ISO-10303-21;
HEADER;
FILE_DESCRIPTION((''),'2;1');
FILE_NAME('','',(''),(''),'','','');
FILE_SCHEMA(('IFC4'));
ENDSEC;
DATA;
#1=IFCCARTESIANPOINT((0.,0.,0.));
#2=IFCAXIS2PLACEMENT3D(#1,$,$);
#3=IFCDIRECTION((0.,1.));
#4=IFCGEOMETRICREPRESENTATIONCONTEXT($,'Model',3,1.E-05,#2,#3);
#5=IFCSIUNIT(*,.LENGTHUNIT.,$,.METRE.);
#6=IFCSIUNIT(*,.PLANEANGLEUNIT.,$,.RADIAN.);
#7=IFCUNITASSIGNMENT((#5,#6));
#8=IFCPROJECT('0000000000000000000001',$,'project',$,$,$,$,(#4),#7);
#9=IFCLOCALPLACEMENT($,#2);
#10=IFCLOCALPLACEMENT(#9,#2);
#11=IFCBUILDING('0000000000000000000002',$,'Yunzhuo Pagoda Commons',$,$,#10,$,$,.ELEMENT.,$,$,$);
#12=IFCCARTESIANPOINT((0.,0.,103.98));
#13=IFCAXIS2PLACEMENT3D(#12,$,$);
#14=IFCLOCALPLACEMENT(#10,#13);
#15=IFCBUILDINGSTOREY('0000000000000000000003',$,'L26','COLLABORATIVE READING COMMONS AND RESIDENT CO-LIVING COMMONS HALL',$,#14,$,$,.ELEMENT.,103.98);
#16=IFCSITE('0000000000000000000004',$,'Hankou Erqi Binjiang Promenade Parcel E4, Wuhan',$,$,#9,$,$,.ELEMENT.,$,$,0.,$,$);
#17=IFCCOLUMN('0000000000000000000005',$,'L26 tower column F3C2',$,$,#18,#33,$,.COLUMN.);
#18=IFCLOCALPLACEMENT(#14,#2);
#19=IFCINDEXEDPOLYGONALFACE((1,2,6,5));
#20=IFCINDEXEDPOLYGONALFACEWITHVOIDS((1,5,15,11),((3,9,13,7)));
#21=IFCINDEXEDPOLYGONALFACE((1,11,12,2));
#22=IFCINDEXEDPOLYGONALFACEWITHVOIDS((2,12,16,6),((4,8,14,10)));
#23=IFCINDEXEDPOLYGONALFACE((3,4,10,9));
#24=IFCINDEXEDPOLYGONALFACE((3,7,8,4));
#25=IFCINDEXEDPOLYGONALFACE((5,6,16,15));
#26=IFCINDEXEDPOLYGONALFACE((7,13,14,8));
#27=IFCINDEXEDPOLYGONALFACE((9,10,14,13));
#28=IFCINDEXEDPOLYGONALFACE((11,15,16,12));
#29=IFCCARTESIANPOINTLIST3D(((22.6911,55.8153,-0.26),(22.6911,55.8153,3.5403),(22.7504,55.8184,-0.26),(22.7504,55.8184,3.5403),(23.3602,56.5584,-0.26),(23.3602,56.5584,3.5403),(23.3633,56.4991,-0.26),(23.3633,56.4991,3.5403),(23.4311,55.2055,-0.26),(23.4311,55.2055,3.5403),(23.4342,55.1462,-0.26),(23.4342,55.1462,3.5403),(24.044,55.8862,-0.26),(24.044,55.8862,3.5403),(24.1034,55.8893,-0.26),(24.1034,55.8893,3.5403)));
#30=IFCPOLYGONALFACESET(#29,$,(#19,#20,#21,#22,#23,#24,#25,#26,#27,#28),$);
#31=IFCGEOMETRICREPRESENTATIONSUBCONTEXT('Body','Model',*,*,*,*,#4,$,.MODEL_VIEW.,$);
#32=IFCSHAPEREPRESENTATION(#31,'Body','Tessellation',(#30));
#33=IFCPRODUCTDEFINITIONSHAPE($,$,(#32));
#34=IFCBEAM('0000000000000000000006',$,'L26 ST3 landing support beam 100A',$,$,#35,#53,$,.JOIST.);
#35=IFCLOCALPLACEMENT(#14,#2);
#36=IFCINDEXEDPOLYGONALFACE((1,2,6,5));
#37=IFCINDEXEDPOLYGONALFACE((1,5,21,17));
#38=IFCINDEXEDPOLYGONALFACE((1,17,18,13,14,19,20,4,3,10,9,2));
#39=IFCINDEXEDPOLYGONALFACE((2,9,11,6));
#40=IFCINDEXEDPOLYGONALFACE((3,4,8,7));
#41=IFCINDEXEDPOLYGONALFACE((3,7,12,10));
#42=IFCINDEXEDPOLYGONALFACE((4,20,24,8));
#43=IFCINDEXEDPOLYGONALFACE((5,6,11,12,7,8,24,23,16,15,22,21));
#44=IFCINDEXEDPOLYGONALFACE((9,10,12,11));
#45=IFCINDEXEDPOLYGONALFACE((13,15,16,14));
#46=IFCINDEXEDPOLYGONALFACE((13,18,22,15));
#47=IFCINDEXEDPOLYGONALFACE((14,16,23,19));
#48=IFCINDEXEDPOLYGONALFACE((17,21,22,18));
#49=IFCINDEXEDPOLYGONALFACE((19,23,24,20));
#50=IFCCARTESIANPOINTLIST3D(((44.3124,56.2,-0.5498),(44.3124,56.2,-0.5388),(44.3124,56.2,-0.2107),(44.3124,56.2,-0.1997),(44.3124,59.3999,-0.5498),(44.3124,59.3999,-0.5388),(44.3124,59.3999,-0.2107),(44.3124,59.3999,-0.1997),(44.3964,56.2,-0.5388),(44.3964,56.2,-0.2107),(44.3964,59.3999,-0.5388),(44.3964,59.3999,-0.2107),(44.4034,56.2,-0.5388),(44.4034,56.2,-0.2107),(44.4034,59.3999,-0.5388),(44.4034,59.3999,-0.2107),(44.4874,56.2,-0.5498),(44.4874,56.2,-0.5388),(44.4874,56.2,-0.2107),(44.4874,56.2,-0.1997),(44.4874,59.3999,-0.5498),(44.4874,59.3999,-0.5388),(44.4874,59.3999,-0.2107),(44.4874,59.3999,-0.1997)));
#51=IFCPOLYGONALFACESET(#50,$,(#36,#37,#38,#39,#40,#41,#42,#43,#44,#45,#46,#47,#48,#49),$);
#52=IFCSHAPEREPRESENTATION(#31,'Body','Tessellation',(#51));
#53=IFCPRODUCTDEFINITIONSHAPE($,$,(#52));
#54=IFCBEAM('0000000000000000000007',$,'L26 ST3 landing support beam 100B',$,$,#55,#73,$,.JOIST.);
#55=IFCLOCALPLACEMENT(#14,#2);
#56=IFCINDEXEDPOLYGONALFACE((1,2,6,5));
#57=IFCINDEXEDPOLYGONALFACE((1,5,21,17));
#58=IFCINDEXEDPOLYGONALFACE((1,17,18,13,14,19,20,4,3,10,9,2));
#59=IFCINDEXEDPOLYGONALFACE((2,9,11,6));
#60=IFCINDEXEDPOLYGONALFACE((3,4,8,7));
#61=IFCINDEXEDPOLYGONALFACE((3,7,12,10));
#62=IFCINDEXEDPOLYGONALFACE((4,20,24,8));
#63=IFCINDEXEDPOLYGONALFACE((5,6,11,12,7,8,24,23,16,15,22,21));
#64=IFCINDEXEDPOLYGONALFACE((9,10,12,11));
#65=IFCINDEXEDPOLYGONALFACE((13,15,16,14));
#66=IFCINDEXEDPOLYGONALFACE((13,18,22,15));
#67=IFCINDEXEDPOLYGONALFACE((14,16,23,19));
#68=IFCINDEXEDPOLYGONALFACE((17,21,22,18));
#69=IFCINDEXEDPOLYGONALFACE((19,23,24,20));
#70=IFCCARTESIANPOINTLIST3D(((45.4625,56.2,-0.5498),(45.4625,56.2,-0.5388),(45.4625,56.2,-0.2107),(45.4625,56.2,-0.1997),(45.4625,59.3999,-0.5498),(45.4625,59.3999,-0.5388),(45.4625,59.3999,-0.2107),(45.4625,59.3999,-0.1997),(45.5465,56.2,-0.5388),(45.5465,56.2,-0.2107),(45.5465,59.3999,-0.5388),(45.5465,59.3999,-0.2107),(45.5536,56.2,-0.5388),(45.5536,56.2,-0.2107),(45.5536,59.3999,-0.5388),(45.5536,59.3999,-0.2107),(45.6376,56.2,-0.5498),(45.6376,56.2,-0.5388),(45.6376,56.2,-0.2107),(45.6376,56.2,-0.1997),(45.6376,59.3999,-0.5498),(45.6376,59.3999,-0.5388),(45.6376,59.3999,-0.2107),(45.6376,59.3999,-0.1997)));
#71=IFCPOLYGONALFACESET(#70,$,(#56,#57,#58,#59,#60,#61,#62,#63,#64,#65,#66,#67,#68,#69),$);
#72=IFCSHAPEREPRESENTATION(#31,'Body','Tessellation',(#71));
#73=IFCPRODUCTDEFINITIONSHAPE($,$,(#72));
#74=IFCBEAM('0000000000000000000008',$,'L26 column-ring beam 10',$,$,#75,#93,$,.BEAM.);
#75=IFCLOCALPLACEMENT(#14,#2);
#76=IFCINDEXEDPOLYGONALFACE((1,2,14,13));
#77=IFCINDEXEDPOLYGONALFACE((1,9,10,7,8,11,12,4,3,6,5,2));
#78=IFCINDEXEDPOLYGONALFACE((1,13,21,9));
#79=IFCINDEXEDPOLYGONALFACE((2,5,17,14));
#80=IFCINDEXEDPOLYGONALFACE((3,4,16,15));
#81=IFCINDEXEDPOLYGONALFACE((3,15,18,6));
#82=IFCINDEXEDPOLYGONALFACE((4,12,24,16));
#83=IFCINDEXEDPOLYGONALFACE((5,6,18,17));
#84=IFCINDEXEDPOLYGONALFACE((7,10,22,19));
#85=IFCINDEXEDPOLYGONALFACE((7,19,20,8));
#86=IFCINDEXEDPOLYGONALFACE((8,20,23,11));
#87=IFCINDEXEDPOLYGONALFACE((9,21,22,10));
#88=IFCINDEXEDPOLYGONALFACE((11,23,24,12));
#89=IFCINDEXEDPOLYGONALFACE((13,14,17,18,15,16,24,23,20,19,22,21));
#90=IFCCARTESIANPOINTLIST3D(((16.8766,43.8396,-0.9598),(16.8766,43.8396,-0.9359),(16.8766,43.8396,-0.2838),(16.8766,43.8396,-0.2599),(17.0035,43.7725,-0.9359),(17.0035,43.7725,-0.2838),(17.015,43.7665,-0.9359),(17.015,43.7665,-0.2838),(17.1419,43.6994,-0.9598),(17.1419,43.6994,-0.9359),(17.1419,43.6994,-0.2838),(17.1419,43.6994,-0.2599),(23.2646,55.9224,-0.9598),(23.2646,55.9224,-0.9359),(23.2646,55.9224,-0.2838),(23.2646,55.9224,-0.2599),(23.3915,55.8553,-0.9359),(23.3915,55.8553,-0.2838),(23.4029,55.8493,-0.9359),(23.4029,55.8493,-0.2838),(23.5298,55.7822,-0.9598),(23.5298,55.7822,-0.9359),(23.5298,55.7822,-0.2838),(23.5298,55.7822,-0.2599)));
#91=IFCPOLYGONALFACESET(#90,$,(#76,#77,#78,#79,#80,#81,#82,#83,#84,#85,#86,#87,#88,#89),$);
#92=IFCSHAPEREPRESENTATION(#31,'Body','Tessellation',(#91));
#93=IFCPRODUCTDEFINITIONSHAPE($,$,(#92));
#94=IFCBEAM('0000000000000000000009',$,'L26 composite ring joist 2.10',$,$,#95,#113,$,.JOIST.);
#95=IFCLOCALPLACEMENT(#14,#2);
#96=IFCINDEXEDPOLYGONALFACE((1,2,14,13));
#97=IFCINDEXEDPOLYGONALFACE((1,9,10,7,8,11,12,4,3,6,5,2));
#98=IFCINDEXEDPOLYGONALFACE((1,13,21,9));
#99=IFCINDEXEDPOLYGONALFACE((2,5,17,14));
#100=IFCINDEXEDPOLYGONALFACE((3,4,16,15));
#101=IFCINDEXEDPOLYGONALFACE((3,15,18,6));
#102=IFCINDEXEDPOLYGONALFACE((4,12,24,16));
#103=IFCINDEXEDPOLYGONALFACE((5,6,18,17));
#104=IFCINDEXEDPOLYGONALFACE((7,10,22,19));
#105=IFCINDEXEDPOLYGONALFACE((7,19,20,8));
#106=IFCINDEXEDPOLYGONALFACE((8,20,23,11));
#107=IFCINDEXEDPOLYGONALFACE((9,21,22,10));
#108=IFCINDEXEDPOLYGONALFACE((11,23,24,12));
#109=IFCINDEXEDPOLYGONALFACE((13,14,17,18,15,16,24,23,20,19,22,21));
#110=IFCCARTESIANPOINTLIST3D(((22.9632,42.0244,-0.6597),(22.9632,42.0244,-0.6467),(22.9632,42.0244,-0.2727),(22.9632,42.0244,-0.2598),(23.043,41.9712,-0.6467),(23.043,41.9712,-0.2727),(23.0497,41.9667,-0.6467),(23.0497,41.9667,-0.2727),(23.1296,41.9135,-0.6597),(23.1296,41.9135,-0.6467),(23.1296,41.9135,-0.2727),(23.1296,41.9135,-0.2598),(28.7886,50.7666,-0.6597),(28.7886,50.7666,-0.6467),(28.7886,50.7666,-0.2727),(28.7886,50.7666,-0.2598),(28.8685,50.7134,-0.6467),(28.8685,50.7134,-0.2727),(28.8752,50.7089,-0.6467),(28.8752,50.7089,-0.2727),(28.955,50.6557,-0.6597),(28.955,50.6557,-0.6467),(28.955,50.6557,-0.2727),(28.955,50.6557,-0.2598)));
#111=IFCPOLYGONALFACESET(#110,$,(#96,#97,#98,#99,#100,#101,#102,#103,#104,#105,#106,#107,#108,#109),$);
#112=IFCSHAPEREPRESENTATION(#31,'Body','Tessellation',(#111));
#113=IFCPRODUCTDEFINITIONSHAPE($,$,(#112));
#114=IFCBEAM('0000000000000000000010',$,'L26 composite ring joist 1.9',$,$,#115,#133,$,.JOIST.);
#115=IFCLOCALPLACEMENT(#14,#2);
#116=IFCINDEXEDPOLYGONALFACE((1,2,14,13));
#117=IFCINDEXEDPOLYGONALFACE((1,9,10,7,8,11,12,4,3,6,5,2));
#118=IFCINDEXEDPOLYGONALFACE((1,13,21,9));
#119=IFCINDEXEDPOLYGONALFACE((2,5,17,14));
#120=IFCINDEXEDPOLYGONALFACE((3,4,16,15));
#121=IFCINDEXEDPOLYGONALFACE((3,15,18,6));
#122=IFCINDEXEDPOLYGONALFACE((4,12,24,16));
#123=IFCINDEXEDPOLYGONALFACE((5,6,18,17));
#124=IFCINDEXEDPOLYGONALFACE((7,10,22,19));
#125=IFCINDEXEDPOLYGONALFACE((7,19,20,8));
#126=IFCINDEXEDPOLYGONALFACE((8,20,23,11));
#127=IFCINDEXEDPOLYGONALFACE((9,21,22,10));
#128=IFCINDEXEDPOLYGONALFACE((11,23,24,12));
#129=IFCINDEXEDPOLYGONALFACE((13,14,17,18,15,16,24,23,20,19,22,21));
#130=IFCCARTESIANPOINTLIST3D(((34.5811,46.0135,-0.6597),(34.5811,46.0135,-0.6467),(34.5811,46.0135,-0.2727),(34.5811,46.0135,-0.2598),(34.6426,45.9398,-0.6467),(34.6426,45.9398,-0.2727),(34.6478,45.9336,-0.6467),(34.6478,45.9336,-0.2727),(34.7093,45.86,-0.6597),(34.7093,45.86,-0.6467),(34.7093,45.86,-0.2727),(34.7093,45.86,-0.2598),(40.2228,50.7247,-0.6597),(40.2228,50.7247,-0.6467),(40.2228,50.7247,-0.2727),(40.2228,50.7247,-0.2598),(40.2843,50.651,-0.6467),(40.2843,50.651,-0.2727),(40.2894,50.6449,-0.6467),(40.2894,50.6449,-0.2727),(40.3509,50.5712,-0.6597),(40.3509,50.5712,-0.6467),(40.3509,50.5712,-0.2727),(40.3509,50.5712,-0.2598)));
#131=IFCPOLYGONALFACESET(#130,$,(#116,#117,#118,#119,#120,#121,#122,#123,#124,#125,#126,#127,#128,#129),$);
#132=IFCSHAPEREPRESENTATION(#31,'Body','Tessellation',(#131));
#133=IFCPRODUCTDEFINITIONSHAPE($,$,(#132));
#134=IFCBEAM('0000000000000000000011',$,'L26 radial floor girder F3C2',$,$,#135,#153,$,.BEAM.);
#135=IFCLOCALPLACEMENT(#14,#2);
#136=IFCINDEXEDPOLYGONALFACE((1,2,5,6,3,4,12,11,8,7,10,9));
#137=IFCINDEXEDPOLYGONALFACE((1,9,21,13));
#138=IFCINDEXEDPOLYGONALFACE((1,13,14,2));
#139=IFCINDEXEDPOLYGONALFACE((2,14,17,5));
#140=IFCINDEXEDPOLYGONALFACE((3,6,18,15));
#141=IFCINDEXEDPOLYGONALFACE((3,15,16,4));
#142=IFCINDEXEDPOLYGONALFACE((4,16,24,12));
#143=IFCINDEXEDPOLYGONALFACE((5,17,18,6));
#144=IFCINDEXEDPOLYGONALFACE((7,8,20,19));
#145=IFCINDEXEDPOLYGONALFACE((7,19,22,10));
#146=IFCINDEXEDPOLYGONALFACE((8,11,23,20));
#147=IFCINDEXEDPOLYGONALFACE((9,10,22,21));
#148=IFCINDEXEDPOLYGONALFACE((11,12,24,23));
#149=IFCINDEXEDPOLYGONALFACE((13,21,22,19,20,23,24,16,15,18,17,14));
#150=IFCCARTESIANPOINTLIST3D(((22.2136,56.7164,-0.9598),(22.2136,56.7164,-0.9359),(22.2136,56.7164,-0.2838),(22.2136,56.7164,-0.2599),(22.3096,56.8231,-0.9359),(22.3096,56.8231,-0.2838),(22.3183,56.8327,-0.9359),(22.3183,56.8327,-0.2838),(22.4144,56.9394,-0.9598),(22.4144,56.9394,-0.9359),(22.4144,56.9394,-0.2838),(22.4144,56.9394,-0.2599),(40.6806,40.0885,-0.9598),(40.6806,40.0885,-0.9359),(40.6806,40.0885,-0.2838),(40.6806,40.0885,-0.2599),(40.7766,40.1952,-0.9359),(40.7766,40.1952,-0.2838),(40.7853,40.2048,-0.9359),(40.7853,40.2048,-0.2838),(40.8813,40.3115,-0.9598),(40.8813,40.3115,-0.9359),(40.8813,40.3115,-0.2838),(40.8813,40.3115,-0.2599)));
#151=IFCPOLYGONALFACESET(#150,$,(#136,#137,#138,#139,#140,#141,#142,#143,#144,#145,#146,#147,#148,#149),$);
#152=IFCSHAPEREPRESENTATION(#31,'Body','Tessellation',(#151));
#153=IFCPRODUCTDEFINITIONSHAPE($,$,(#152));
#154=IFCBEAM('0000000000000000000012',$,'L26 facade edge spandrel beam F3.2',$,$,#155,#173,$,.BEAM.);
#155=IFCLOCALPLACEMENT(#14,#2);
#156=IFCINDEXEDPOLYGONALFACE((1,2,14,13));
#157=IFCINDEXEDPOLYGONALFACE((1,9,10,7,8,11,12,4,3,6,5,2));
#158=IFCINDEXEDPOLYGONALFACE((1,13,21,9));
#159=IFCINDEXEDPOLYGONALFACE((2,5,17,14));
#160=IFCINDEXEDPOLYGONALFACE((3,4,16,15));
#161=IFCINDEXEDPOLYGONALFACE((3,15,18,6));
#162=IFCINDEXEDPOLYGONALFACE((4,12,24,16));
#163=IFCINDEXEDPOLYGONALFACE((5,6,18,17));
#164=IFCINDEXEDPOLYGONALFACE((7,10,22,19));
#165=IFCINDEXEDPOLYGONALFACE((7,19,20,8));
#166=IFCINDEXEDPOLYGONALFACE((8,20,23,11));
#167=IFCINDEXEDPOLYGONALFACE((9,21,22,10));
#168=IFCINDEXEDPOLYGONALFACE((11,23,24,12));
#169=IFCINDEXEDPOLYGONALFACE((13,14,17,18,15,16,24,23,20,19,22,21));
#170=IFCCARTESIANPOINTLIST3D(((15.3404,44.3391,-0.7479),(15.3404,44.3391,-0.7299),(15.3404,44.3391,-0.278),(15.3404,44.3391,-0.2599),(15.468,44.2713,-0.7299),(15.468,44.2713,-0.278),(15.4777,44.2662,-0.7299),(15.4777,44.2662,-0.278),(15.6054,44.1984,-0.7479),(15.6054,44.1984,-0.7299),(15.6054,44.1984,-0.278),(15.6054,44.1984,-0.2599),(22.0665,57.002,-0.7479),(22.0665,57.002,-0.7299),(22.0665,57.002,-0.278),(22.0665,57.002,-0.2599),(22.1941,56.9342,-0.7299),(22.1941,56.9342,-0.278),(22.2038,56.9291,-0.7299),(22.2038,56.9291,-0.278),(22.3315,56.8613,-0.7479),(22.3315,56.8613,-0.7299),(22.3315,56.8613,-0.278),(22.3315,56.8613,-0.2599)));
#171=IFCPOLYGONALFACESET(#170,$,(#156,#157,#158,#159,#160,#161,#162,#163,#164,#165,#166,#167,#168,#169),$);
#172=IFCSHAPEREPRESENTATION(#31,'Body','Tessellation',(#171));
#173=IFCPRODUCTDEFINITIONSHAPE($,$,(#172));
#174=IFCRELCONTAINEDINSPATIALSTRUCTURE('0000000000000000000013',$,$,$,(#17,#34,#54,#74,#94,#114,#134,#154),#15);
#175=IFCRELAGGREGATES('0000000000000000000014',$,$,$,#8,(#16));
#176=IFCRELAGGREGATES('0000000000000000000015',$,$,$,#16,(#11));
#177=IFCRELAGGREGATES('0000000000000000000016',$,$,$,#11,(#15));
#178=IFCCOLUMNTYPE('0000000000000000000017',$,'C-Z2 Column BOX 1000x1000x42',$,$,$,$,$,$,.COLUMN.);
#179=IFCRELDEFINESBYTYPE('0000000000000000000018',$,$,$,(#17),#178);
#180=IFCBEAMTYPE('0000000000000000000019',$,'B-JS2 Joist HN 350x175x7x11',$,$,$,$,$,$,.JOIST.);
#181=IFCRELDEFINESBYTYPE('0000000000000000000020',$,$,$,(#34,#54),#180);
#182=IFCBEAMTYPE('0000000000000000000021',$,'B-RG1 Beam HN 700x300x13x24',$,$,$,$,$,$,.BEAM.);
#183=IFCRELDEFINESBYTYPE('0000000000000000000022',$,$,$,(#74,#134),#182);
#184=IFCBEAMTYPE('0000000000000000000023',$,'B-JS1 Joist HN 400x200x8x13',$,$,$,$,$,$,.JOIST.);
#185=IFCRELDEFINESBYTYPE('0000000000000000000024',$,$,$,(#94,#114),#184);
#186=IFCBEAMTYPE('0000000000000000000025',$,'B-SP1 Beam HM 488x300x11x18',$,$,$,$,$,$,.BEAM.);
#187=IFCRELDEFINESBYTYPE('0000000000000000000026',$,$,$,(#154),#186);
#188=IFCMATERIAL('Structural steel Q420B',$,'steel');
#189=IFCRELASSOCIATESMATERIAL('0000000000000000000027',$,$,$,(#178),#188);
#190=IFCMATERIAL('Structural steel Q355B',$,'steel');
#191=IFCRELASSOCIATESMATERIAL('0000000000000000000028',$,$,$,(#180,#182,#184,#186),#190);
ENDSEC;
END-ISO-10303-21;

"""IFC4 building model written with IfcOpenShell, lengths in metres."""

from ifc_helpers import new_model, si_unit, direction, frame, origin, origin_2d, place, context, subcontext, project, spatial, hollow_rectangle, i_section, extrude, source, transform, mapped, material, material_profile, profile_set, type_object, element, save


model = new_model("IFC4")

# Units and contexts
model_context = context("Model", 3, precision=1e-05, world=origin(), true_north=direction((0.0, 1.0)))
body_context = subcontext(model_context, "Body", "Model", "MODEL_VIEW")
ifc_project = project(units=[si_unit("LENGTHUNIT", "METRE"), si_unit("PLANEANGLEUNIT", "RADIAN")], contexts=[model_context])

# Site, building, storey
site_placement = place(None, origin())
site = spatial("IfcSite", under=ifc_project, at=site_placement, Name="Hankou Erqi Binjiang Promenade Parcel E4, Wuhan", CompositionType="ELEMENT", RefElevation=0.0)
building_placement = place(site_placement, origin())
building = spatial("IfcBuilding", under=site, at=building_placement, Name="Yunzhuo Pagoda Commons", CompositionType="ELEMENT")
storey_placement = place(building_placement, frame((0.0, 0.0, 103.98)))
storey = spatial("IfcBuildingStorey", under=building, at=storey_placement, Name="L26", Description="COLLABORATIVE READING COMMONS AND RESIDENT CO-LIVING COMMONS HALL", CompositionType="ELEMENT", Elevation=103.98)

# Column
ifc_material_1 = material(Name="Structural steel Q420B", Category="steel")
ifc_material_profile_1 = material_profile(ifc_material_1, hollow_rectangle(XDim=1.0, YDim=1.0, WallThickness=0.042, at=origin_2d()), Name="Structural steel Q420B")
ifc_profile_set_1 = profile_set([ifc_material_profile_1], Name="Structural steel Q420B")
column_type = type_object("IfcColumnType", Name="C-Z2 Column BOX 1000x1000x42", PredefinedType="COLUMN", material=ifc_profile_set_1)
shared_shape_1 = source(origin(), body_context, "Body", "SweptSolid", [
    extrude(hollow_rectangle(XDim=1.0, YDim=1.0, WallThickness=0.042, at=origin_2d()), origin(), (0.0, 0.0, 1.0), 3.8003),
])
column_placement = place(storey_placement, frame((23.3972, 55.8523, -0.26), z_axis=(0.0, 0.0, 1.0), x_axis=(-0.669131, -0.743145, 0.0)))
element("IfcColumn", 1, at=column_placement, inside=storey, type_object=column_type, Name="L26 tower column F3C2", PredefinedType="COLUMN", context=body_context, shape_type="MappedRepresentation", body=[
    mapped(shared_shape_1, transform((0.0, 0.0, 0.0), scale=1.0)),
])

# Beams
ifc_material_2 = material(Name="Structural steel Q355B", Category="steel")
ifc_material_profile_2 = material_profile(ifc_material_2, i_section(OverallWidth=0.175, OverallDepth=0.3501, WebThickness=0.0071, FlangeThickness=0.011, at=origin_2d()), Name="Structural steel Q355B")
ifc_profile_set_2 = profile_set([ifc_material_profile_2], Name="Structural steel Q355B")
beam_type_1 = type_object("IfcBeamType", Name="B-JS2 Joist HN 350x175x7x11", PredefinedType="JOIST", material=ifc_profile_set_2)
shared_shape_2 = source(origin(), body_context, "Body", "SweptSolid", [
    extrude(i_section(OverallWidth=0.175, OverallDepth=0.3501, WebThickness=0.0071, FlangeThickness=0.011, at=origin_2d()), origin(), (0.0, 0.0, 1.0), 3.2),
])
for number, where, z_axis, x_axis, name in (
    (2, (44.3999, 56.2, -0.3748), (0.0, 1.0, 0.0), (-1.0, 0.0, 0.0), "L26 ST3 landing support beam 100A"),
    (3, (45.55, 56.2, -0.3748), (0.0, 1.0, 0.0), (-1.0, 0.0, 0.0), "L26 ST3 landing support beam 100B"),
):
    element("IfcBeam", number, at=place(storey_placement, frame(where, z_axis=z_axis, x_axis=x_axis)), inside=storey, type_object=beam_type_1, Name=name, PredefinedType="JOIST", context=body_context, shape_type="MappedRepresentation", body=[
        mapped(shared_shape_2, transform((0.0, 0.0, 0.0), scale=1.0)),
    ])
ifc_material_profile_3 = material_profile(ifc_material_2, i_section(OverallWidth=0.3, OverallDepth=0.7, WebThickness=0.0129, FlangeThickness=0.0239, at=origin_2d()), Name="Structural steel Q355B")
ifc_profile_set_3 = profile_set([ifc_material_profile_3], Name="Structural steel Q355B")
beam_type_2 = type_object("IfcBeamType", Name="B-RG1 Beam HN 700x300x13x24", PredefinedType="BEAM", material=ifc_profile_set_3)
shared_shape_3 = source(origin(), body_context, "Body", "SweptSolid", [
    extrude(i_section(OverallWidth=0.3, OverallDepth=0.7, WebThickness=0.0129, FlangeThickness=0.0239, at=origin_2d()), origin(), (0.0, 0.0, 1.0), 13.6675),
])
beam_1_placement = place(storey_placement, frame((23.3972, 55.8523, -0.6099), z_axis=(-0.467384, -0.884055, 0.0), x_axis=(0.884055, -0.467384, 0.0)))
element("IfcBeam", 4, at=beam_1_placement, inside=storey, type_object=beam_type_2, Name="L26 column-ring beam 10", PredefinedType="BEAM", context=body_context, shape_type="MappedRepresentation", body=[
    mapped(shared_shape_3, transform((0.0, 0.0, 0.0), scale=1.0)),
])
ifc_material_profile_4 = material_profile(ifc_material_2, i_section(OverallWidth=0.2, OverallDepth=0.3999, WebThickness=0.0081, FlangeThickness=0.0129, at=origin_2d()), Name="Structural steel Q355B")
ifc_profile_set_4 = profile_set([ifc_material_profile_4], Name="Structural steel Q355B")
beam_type_3 = type_object("IfcBeamType", Name="B-JS1 Joist HN 400x200x8x13", PredefinedType="JOIST", material=ifc_profile_set_4)
shared_shape_4 = source(origin(), body_context, "Body", "SweptSolid", [
    extrude(i_section(OverallWidth=0.2, OverallDepth=0.3999, WebThickness=0.0081, FlangeThickness=0.0129, at=origin_2d()), origin(), (0.0, 0.0, 1.0), 10.5054),
])
beam_2_placement = place(storey_placement, frame((28.8718, 50.7112, -0.4597), z_axis=(-0.554523, -0.832168, 0.0), x_axis=(0.832168, -0.554523, 0.0)))
element("IfcBeam", 5, at=beam_2_placement, inside=storey, type_object=beam_type_3, Name="L26 composite ring joist 2.10", PredefinedType="JOIST", context=body_context, shape_type="MappedRepresentation", body=[
    mapped(shared_shape_4, transform((0.0, 0.0, 0.0), scale=1.0)),
])
shared_shape_5 = source(origin(), body_context, "Body", "SweptSolid", [
    extrude(i_section(OverallWidth=0.2, OverallDepth=0.3999, WebThickness=0.0081, FlangeThickness=0.0129, at=origin_2d()), origin(), (0.0, 0.0, 1.0), 7.3501),
])
beam_3_placement = place(storey_placement, frame((40.2869, 50.6479, -0.4597), z_axis=(-0.767562, -0.640975, 0.0), x_axis=(0.640975, -0.767562, 0.0)))
element("IfcBeam", 6, at=beam_3_placement, inside=storey, type_object=beam_type_3, Name="L26 composite ring joist 1.9", PredefinedType="JOIST", context=body_context, shape_type="MappedRepresentation", body=[
    mapped(shared_shape_5, transform((0.0, 0.0, 0.0), scale=1.0)),
])
shared_shape_6 = source(origin(), body_context, "Body", "SweptSolid", [
    extrude(i_section(OverallWidth=0.3, OverallDepth=0.7, WebThickness=0.0129, FlangeThickness=0.0239, at=origin_2d()), origin(), (0.0, 0.0, 1.0), 24.8499),
])
beam_4_placement = place(storey_placement, frame((22.314, 56.8279, -0.6099), z_axis=(0.743142, -0.669134, 0.0), x_axis=(0.669134, 0.743142, 0.0)))
element("IfcBeam", 7, at=beam_4_placement, inside=storey, type_object=beam_type_2, Name="L26 radial floor girder F3C2", PredefinedType="BEAM", context=body_context, shape_type="MappedRepresentation", body=[
    mapped(shared_shape_6, transform((0.0, 0.0, 0.0), scale=1.0)),
])
ifc_material_profile_5 = material_profile(ifc_material_2, i_section(OverallWidth=0.3, OverallDepth=0.488, WebThickness=0.011, FlangeThickness=0.0181, at=origin_2d()), Name="Structural steel Q355B")
ifc_profile_set_5 = profile_set([ifc_material_profile_5], Name="Structural steel Q355B")
beam_type_4 = type_object("IfcBeamType", Name="B-SP1 Beam HM 488x300x11x18", PredefinedType="BEAM", material=ifc_profile_set_5)
shared_shape_7 = source(origin(), body_context, "Body", "SweptSolid", [
    extrude(i_section(OverallWidth=0.3, OverallDepth=0.488, WebThickness=0.011, FlangeThickness=0.0181, at=origin_2d()), origin(), (0.0, 0.0, 1.0), 14.3384),
])
beam_5_placement = place(storey_placement, frame((22.199, 56.9316, -0.5039), z_axis=(-0.469098, -0.883146, 0.0), x_axis=(0.883146, -0.469098, 0.0)))
element("IfcBeam", 8, at=beam_5_placement, inside=storey, type_object=beam_type_4, Name="L26 facade edge spandrel beam F3.2", PredefinedType="BEAM", context=body_context, shape_type="MappedRepresentation", body=[
    mapped(shared_shape_7, transform((0.0, 0.0, 0.0), scale=1.0)),
])

save(model, "model.ifc")
